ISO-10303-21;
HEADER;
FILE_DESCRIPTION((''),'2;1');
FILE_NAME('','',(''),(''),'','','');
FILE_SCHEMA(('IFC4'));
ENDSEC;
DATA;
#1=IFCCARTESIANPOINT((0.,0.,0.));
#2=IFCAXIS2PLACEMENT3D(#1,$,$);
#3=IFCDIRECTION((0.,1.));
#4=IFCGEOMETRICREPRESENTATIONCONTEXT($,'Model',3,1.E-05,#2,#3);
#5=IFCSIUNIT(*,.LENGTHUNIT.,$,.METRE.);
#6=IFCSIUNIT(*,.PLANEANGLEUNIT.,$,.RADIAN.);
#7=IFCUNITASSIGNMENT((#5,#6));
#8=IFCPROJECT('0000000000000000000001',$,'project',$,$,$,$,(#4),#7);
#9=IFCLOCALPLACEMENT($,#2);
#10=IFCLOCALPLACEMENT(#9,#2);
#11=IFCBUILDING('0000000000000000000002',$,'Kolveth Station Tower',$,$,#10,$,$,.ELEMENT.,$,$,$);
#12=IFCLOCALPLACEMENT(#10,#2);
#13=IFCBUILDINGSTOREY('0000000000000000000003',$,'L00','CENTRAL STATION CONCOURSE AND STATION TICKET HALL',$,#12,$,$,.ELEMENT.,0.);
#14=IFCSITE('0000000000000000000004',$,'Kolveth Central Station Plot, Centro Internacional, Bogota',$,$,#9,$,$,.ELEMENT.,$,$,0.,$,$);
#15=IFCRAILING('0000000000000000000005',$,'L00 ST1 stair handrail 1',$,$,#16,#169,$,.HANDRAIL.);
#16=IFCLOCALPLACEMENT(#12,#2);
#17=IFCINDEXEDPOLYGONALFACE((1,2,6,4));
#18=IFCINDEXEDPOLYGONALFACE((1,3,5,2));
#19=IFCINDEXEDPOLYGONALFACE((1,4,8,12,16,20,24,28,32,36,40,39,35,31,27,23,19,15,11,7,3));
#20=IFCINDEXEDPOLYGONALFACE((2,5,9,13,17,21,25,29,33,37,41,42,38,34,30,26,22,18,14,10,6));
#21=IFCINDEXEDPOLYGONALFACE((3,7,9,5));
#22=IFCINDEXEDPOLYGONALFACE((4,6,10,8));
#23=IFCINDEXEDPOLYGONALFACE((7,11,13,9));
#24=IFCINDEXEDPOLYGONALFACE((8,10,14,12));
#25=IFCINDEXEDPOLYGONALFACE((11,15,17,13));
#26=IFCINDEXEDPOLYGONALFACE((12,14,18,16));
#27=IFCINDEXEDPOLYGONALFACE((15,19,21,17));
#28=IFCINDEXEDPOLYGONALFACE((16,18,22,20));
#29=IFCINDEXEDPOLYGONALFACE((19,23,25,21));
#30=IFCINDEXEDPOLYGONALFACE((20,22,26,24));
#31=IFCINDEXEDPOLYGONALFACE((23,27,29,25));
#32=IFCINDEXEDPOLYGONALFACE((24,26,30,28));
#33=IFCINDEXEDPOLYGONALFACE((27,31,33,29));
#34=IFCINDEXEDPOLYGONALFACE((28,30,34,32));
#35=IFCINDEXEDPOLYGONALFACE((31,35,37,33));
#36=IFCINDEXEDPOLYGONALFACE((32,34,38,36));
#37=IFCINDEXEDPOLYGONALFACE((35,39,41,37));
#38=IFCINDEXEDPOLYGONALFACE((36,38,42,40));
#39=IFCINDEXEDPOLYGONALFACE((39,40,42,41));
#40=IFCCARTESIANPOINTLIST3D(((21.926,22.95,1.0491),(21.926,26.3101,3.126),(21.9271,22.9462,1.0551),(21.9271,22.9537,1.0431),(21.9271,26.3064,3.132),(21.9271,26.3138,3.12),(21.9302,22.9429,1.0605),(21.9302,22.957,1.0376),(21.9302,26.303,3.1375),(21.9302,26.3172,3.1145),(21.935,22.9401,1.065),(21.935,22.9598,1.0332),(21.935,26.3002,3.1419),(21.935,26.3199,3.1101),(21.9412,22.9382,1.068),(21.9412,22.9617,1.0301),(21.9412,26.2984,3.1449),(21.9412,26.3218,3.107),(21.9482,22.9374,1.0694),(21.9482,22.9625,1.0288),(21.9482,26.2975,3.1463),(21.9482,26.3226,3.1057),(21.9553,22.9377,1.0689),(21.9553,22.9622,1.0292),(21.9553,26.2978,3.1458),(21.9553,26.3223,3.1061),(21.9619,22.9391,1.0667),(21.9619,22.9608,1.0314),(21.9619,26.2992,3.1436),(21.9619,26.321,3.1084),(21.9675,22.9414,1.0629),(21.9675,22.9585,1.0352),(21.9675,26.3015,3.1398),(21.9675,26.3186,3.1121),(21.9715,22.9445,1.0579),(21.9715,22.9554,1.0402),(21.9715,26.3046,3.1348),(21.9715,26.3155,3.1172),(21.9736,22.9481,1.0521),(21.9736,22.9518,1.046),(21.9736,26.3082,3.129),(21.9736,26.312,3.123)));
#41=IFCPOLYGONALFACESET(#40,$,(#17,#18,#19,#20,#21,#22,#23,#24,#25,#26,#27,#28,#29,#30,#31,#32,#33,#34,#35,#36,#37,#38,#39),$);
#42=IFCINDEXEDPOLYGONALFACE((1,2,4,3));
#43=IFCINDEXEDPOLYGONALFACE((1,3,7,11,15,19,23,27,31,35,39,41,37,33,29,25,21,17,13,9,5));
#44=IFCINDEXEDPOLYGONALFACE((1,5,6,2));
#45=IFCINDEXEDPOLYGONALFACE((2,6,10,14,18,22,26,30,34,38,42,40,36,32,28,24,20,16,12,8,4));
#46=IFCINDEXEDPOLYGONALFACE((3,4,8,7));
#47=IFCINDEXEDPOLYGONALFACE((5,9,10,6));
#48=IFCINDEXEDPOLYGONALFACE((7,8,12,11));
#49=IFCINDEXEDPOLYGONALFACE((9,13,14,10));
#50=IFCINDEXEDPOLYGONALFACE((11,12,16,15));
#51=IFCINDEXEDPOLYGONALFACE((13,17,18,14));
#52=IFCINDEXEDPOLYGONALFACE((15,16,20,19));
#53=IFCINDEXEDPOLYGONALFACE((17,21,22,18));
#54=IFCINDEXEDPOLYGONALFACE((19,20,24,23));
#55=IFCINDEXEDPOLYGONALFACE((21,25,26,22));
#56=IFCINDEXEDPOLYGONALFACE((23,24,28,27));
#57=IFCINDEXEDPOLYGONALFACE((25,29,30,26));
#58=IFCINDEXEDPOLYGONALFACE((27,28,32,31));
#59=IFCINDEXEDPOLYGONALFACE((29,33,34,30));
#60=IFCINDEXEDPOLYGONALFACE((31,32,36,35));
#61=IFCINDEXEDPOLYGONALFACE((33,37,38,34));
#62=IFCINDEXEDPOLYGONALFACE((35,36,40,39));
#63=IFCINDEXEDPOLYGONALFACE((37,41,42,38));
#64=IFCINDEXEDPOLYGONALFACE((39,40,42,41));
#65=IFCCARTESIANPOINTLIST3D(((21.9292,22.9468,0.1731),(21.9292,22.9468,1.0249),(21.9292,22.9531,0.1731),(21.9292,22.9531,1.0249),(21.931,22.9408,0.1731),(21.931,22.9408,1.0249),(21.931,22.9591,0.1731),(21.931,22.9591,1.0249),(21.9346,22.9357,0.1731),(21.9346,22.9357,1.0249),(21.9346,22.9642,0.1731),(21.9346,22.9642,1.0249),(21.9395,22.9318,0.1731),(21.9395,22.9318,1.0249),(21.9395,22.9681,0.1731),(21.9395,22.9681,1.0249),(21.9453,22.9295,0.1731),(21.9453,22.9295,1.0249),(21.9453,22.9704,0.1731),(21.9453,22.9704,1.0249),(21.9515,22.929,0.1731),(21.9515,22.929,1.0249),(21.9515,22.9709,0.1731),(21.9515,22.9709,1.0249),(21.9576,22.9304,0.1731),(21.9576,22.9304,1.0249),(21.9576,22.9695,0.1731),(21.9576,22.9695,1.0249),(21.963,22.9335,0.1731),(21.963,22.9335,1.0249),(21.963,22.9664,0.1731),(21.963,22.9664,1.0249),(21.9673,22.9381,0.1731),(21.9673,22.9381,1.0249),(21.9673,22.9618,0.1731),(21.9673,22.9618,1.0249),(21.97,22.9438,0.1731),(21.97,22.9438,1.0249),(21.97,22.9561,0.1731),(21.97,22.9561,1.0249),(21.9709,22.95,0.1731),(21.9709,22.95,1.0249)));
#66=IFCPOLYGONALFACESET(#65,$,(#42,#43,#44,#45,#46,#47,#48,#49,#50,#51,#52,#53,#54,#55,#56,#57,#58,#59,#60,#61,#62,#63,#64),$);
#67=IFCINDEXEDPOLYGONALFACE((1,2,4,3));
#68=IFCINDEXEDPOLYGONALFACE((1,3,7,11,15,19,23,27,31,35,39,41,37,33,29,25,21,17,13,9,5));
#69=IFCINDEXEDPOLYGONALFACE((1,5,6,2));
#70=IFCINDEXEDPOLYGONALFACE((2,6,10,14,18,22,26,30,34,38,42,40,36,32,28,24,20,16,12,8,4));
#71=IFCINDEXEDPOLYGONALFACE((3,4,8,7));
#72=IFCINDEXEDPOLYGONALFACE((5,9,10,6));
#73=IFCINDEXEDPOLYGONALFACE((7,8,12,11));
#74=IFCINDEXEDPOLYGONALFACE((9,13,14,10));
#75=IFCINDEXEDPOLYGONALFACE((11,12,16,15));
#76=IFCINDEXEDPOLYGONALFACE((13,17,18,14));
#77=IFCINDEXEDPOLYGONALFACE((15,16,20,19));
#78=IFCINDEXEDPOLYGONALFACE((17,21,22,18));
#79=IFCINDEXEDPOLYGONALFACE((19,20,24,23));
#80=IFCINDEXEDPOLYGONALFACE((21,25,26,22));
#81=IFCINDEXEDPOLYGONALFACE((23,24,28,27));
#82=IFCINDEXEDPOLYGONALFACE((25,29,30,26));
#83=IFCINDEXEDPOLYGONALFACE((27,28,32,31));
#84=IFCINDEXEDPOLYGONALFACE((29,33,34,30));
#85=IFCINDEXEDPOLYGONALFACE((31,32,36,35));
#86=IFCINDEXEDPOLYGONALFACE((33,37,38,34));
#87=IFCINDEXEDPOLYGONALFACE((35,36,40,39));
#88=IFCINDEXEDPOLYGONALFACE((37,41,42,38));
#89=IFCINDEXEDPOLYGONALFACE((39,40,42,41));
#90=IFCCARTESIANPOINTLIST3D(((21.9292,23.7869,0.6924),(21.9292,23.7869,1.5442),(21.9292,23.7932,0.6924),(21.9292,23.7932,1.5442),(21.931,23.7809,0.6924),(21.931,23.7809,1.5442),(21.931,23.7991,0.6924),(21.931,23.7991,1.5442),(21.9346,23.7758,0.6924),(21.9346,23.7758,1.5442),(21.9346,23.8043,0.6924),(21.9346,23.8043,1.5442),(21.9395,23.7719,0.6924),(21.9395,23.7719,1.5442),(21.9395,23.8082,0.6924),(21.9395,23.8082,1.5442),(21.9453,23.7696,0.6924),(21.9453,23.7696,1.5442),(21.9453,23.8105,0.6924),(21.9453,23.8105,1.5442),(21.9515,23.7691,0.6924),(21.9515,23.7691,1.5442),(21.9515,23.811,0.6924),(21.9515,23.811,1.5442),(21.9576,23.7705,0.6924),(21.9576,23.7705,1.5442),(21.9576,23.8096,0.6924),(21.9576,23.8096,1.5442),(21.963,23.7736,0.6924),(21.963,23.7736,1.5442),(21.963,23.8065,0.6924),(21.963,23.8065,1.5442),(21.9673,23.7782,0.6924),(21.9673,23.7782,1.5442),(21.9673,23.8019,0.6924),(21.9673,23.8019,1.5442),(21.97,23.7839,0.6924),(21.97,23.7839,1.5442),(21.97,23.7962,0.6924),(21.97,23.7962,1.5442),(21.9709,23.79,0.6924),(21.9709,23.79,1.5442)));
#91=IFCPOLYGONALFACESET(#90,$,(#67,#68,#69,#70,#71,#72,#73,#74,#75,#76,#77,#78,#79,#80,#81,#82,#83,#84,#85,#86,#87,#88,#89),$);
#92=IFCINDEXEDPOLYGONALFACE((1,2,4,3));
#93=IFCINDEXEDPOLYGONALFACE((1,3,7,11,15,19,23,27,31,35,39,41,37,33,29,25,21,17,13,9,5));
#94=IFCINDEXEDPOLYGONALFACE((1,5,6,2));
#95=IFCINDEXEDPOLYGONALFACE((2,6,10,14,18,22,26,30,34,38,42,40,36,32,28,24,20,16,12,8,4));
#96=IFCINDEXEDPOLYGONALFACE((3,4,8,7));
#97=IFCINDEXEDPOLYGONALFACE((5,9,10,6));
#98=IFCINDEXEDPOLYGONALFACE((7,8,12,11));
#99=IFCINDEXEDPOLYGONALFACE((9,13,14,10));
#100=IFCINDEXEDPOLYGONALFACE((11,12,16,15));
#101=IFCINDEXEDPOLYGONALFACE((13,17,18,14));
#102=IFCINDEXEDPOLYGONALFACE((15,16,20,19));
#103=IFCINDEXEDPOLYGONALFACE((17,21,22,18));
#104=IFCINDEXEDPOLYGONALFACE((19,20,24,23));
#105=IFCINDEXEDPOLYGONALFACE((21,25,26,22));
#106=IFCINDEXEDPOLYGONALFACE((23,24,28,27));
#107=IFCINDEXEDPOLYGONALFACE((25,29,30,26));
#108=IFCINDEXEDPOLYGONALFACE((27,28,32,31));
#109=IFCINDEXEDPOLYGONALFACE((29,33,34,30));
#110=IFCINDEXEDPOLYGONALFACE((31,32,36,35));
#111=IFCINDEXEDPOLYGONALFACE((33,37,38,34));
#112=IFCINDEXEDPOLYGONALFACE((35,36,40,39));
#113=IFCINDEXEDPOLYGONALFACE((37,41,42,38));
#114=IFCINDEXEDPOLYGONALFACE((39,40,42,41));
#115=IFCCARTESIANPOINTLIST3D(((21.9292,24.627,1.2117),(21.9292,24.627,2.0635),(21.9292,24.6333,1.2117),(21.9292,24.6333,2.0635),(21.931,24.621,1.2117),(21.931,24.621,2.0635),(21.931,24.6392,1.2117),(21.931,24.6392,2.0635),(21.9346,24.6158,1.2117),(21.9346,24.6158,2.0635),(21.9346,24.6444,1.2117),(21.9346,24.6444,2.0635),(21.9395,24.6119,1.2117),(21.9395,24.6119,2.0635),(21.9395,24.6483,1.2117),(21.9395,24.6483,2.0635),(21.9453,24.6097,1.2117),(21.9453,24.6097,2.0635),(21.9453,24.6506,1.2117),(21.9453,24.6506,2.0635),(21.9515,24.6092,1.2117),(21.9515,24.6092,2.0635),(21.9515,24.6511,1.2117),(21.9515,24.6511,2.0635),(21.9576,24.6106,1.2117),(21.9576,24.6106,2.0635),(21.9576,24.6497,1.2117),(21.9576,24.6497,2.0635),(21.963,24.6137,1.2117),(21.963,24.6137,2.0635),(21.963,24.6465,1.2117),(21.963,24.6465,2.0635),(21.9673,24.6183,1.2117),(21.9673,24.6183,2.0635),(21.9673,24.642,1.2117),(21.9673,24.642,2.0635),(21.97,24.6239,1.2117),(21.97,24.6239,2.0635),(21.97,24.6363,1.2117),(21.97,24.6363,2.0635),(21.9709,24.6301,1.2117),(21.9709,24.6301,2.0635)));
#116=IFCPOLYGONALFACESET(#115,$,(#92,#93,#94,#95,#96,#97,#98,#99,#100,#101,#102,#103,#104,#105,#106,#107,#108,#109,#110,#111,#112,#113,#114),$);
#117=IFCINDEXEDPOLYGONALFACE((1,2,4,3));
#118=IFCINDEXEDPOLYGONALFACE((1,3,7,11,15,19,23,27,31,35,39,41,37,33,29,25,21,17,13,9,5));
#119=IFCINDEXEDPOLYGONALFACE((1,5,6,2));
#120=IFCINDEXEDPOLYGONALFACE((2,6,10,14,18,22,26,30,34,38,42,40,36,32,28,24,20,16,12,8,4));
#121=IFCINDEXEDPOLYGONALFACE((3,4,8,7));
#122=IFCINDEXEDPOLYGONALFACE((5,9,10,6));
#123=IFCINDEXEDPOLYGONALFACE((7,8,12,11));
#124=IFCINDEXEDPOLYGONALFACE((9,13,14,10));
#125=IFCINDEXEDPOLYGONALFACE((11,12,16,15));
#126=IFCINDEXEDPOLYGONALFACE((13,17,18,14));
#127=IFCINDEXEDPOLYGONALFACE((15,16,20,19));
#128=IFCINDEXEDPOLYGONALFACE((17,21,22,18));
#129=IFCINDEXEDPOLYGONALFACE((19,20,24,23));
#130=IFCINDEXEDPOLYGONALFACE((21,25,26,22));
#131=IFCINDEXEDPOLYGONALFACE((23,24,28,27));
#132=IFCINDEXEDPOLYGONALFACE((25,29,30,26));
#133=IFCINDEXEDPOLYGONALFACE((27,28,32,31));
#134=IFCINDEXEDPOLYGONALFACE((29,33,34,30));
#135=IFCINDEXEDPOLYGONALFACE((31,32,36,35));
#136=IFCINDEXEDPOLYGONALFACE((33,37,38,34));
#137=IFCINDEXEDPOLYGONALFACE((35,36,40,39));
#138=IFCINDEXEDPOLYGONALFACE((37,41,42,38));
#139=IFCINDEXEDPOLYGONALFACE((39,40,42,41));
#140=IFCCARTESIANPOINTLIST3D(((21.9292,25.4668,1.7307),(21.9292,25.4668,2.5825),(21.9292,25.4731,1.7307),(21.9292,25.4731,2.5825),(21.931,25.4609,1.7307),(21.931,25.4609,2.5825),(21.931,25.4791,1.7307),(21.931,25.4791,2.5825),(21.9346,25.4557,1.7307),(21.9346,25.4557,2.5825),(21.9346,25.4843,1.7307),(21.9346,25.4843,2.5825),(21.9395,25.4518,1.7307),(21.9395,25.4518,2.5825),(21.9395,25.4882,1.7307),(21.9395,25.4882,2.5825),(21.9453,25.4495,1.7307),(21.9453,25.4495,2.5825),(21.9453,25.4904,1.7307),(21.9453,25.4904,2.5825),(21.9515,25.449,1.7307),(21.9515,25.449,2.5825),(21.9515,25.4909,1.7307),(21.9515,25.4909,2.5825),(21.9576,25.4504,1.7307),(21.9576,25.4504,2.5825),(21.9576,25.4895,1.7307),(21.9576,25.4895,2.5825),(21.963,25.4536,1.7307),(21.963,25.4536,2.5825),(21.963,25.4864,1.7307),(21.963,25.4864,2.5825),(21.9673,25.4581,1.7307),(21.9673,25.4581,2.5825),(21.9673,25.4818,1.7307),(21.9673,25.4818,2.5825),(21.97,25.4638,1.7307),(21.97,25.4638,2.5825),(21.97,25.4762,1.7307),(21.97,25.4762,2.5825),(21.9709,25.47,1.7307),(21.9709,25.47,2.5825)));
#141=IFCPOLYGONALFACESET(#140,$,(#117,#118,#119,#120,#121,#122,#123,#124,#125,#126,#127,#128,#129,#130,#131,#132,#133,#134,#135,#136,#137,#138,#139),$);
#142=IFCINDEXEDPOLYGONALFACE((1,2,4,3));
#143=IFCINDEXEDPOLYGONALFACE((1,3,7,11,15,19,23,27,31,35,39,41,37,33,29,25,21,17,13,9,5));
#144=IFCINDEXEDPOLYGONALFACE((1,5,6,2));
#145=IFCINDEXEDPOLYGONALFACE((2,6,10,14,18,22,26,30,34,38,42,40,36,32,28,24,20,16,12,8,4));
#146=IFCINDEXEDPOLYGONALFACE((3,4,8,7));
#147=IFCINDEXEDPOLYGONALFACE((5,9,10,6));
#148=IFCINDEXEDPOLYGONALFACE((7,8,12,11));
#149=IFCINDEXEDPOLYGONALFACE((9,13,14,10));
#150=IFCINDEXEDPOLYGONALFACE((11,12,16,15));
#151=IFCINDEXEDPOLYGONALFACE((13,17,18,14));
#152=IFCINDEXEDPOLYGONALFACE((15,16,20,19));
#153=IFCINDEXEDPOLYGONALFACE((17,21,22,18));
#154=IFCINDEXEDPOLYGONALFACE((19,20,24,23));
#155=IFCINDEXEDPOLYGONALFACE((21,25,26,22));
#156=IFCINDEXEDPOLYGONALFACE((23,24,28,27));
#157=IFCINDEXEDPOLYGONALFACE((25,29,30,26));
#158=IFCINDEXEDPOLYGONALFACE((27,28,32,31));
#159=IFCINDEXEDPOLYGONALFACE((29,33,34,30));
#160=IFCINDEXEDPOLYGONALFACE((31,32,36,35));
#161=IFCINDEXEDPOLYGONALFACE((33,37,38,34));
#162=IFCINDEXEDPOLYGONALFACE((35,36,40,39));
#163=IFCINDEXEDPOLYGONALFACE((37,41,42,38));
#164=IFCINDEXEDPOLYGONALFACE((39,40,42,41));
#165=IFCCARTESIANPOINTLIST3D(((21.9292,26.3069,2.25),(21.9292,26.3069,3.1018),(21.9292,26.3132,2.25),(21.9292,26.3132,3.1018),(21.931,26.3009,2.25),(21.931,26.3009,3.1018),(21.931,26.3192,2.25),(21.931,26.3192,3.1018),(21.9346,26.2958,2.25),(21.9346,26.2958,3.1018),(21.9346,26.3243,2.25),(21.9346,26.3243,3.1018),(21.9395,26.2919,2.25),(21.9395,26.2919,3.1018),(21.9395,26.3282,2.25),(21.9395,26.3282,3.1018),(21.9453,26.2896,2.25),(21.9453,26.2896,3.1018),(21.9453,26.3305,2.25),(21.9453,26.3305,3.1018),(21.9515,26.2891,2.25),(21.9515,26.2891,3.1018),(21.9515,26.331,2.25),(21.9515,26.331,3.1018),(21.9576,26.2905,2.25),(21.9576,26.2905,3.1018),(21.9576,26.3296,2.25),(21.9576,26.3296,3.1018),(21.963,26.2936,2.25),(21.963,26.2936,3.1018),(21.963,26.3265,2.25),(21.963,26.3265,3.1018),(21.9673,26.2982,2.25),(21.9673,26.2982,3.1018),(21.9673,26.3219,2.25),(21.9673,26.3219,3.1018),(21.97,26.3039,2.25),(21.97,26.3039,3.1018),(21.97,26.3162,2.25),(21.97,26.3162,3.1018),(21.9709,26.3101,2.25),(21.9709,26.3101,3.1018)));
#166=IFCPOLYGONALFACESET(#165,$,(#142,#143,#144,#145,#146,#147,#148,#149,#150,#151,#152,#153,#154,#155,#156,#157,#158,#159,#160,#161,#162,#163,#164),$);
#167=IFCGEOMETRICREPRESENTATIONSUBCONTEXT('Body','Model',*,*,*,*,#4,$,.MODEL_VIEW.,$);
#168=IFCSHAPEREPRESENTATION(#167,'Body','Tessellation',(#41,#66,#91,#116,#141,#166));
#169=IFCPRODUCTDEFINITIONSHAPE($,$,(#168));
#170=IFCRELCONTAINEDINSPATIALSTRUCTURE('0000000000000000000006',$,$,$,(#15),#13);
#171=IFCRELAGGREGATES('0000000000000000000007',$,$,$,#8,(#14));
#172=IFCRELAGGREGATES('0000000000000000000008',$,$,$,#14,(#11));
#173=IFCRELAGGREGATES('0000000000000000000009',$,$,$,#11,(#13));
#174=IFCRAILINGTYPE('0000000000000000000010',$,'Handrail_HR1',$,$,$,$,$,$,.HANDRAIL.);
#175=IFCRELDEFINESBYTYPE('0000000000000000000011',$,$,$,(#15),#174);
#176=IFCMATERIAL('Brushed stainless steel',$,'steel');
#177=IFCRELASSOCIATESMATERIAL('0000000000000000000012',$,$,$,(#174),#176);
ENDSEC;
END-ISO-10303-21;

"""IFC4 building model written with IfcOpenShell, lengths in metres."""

from ifc_helpers import new_model, si_unit, direction, frame, origin, origin_2d, place, context, subcontext, project, spatial, circle, extrude, material, type_object, element, save


model = new_model("IFC4")

# Units and contexts
model_context = context("Model", 3, precision=1e-05, world=origin(), true_north=direction((0.0, 1.0)))
body_context = subcontext(model_context, "Body", "Model", "MODEL_VIEW")
ifc_project = project(units=[si_unit("LENGTHUNIT", "METRE"), si_unit("PLANEANGLEUNIT", "RADIAN")], contexts=[model_context])

# Site, building, storey
site_placement = place(None, origin())
site = spatial("IfcSite", under=ifc_project, at=site_placement, Name="Kolveth Central Station Plot, Centro Internacional, Bogota", CompositionType="ELEMENT", RefElevation=0.0)
building_placement = place(site_placement, origin())
building = spatial("IfcBuilding", under=site, at=building_placement, Name="Kolveth Station Tower", CompositionType="ELEMENT")
storey_placement = place(building_placement, origin())
storey = spatial("IfcBuildingStorey", under=building, at=storey_placement, Name="L00", Description="CENTRAL STATION CONCOURSE AND STATION TICKET HALL", CompositionType="ELEMENT", Elevation=0.0)

# Railing
ifc_material_1 = material(Name="Brushed stainless steel", Category="steel")
railing_type_1 = type_object("IfcRailingType", Name="Handrail_HR1", PredefinedType="HANDRAIL", material=ifc_material_1)
for number, where, name in (
    (1, (21.95, 22.95, 0.1731), "L00 ST1 stair handrail 1"),
):
    element("IfcRailing", number, at=place(storey_placement, frame(where)), inside=storey, type_object=railing_type_1, Name=name, PredefinedType="HANDRAIL", context=body_context, shape_type="SweptSolid", body=[
        extrude(circle(Radius=0.0239, at=origin_2d()), frame((0.0, 0.0, 0.876), z_axis=(0.0, 0.850623, 0.525776), x_axis=(-1.0, 0.0, 0.0)), (0.0, 0.0, 1.0), 3.9502),
        extrude(circle(Radius=0.021, at=origin_2d()), origin(), (0.0, 0.0, 1.0), 0.8518),
        extrude(circle(Radius=0.021, at=origin_2d()), frame((0.0, 0.8401, 0.5193)), (0.0, 0.0, 1.0), 0.8518),
        extrude(circle(Radius=0.021, at=origin_2d()), frame((0.0, 1.6802, 1.0386)), (0.0, 0.0, 1.0), 0.8518),
        extrude(circle(Radius=0.021, at=origin_2d()), frame((0.0, 2.52, 1.5576)), (0.0, 0.0, 1.0), 0.8518),
        extrude(circle(Radius=0.021, at=origin_2d()), frame((0.0, 3.3601, 2.0769)), (0.0, 0.0, 1.0), 0.8518),
    ])

save(model, "model.ifc")
